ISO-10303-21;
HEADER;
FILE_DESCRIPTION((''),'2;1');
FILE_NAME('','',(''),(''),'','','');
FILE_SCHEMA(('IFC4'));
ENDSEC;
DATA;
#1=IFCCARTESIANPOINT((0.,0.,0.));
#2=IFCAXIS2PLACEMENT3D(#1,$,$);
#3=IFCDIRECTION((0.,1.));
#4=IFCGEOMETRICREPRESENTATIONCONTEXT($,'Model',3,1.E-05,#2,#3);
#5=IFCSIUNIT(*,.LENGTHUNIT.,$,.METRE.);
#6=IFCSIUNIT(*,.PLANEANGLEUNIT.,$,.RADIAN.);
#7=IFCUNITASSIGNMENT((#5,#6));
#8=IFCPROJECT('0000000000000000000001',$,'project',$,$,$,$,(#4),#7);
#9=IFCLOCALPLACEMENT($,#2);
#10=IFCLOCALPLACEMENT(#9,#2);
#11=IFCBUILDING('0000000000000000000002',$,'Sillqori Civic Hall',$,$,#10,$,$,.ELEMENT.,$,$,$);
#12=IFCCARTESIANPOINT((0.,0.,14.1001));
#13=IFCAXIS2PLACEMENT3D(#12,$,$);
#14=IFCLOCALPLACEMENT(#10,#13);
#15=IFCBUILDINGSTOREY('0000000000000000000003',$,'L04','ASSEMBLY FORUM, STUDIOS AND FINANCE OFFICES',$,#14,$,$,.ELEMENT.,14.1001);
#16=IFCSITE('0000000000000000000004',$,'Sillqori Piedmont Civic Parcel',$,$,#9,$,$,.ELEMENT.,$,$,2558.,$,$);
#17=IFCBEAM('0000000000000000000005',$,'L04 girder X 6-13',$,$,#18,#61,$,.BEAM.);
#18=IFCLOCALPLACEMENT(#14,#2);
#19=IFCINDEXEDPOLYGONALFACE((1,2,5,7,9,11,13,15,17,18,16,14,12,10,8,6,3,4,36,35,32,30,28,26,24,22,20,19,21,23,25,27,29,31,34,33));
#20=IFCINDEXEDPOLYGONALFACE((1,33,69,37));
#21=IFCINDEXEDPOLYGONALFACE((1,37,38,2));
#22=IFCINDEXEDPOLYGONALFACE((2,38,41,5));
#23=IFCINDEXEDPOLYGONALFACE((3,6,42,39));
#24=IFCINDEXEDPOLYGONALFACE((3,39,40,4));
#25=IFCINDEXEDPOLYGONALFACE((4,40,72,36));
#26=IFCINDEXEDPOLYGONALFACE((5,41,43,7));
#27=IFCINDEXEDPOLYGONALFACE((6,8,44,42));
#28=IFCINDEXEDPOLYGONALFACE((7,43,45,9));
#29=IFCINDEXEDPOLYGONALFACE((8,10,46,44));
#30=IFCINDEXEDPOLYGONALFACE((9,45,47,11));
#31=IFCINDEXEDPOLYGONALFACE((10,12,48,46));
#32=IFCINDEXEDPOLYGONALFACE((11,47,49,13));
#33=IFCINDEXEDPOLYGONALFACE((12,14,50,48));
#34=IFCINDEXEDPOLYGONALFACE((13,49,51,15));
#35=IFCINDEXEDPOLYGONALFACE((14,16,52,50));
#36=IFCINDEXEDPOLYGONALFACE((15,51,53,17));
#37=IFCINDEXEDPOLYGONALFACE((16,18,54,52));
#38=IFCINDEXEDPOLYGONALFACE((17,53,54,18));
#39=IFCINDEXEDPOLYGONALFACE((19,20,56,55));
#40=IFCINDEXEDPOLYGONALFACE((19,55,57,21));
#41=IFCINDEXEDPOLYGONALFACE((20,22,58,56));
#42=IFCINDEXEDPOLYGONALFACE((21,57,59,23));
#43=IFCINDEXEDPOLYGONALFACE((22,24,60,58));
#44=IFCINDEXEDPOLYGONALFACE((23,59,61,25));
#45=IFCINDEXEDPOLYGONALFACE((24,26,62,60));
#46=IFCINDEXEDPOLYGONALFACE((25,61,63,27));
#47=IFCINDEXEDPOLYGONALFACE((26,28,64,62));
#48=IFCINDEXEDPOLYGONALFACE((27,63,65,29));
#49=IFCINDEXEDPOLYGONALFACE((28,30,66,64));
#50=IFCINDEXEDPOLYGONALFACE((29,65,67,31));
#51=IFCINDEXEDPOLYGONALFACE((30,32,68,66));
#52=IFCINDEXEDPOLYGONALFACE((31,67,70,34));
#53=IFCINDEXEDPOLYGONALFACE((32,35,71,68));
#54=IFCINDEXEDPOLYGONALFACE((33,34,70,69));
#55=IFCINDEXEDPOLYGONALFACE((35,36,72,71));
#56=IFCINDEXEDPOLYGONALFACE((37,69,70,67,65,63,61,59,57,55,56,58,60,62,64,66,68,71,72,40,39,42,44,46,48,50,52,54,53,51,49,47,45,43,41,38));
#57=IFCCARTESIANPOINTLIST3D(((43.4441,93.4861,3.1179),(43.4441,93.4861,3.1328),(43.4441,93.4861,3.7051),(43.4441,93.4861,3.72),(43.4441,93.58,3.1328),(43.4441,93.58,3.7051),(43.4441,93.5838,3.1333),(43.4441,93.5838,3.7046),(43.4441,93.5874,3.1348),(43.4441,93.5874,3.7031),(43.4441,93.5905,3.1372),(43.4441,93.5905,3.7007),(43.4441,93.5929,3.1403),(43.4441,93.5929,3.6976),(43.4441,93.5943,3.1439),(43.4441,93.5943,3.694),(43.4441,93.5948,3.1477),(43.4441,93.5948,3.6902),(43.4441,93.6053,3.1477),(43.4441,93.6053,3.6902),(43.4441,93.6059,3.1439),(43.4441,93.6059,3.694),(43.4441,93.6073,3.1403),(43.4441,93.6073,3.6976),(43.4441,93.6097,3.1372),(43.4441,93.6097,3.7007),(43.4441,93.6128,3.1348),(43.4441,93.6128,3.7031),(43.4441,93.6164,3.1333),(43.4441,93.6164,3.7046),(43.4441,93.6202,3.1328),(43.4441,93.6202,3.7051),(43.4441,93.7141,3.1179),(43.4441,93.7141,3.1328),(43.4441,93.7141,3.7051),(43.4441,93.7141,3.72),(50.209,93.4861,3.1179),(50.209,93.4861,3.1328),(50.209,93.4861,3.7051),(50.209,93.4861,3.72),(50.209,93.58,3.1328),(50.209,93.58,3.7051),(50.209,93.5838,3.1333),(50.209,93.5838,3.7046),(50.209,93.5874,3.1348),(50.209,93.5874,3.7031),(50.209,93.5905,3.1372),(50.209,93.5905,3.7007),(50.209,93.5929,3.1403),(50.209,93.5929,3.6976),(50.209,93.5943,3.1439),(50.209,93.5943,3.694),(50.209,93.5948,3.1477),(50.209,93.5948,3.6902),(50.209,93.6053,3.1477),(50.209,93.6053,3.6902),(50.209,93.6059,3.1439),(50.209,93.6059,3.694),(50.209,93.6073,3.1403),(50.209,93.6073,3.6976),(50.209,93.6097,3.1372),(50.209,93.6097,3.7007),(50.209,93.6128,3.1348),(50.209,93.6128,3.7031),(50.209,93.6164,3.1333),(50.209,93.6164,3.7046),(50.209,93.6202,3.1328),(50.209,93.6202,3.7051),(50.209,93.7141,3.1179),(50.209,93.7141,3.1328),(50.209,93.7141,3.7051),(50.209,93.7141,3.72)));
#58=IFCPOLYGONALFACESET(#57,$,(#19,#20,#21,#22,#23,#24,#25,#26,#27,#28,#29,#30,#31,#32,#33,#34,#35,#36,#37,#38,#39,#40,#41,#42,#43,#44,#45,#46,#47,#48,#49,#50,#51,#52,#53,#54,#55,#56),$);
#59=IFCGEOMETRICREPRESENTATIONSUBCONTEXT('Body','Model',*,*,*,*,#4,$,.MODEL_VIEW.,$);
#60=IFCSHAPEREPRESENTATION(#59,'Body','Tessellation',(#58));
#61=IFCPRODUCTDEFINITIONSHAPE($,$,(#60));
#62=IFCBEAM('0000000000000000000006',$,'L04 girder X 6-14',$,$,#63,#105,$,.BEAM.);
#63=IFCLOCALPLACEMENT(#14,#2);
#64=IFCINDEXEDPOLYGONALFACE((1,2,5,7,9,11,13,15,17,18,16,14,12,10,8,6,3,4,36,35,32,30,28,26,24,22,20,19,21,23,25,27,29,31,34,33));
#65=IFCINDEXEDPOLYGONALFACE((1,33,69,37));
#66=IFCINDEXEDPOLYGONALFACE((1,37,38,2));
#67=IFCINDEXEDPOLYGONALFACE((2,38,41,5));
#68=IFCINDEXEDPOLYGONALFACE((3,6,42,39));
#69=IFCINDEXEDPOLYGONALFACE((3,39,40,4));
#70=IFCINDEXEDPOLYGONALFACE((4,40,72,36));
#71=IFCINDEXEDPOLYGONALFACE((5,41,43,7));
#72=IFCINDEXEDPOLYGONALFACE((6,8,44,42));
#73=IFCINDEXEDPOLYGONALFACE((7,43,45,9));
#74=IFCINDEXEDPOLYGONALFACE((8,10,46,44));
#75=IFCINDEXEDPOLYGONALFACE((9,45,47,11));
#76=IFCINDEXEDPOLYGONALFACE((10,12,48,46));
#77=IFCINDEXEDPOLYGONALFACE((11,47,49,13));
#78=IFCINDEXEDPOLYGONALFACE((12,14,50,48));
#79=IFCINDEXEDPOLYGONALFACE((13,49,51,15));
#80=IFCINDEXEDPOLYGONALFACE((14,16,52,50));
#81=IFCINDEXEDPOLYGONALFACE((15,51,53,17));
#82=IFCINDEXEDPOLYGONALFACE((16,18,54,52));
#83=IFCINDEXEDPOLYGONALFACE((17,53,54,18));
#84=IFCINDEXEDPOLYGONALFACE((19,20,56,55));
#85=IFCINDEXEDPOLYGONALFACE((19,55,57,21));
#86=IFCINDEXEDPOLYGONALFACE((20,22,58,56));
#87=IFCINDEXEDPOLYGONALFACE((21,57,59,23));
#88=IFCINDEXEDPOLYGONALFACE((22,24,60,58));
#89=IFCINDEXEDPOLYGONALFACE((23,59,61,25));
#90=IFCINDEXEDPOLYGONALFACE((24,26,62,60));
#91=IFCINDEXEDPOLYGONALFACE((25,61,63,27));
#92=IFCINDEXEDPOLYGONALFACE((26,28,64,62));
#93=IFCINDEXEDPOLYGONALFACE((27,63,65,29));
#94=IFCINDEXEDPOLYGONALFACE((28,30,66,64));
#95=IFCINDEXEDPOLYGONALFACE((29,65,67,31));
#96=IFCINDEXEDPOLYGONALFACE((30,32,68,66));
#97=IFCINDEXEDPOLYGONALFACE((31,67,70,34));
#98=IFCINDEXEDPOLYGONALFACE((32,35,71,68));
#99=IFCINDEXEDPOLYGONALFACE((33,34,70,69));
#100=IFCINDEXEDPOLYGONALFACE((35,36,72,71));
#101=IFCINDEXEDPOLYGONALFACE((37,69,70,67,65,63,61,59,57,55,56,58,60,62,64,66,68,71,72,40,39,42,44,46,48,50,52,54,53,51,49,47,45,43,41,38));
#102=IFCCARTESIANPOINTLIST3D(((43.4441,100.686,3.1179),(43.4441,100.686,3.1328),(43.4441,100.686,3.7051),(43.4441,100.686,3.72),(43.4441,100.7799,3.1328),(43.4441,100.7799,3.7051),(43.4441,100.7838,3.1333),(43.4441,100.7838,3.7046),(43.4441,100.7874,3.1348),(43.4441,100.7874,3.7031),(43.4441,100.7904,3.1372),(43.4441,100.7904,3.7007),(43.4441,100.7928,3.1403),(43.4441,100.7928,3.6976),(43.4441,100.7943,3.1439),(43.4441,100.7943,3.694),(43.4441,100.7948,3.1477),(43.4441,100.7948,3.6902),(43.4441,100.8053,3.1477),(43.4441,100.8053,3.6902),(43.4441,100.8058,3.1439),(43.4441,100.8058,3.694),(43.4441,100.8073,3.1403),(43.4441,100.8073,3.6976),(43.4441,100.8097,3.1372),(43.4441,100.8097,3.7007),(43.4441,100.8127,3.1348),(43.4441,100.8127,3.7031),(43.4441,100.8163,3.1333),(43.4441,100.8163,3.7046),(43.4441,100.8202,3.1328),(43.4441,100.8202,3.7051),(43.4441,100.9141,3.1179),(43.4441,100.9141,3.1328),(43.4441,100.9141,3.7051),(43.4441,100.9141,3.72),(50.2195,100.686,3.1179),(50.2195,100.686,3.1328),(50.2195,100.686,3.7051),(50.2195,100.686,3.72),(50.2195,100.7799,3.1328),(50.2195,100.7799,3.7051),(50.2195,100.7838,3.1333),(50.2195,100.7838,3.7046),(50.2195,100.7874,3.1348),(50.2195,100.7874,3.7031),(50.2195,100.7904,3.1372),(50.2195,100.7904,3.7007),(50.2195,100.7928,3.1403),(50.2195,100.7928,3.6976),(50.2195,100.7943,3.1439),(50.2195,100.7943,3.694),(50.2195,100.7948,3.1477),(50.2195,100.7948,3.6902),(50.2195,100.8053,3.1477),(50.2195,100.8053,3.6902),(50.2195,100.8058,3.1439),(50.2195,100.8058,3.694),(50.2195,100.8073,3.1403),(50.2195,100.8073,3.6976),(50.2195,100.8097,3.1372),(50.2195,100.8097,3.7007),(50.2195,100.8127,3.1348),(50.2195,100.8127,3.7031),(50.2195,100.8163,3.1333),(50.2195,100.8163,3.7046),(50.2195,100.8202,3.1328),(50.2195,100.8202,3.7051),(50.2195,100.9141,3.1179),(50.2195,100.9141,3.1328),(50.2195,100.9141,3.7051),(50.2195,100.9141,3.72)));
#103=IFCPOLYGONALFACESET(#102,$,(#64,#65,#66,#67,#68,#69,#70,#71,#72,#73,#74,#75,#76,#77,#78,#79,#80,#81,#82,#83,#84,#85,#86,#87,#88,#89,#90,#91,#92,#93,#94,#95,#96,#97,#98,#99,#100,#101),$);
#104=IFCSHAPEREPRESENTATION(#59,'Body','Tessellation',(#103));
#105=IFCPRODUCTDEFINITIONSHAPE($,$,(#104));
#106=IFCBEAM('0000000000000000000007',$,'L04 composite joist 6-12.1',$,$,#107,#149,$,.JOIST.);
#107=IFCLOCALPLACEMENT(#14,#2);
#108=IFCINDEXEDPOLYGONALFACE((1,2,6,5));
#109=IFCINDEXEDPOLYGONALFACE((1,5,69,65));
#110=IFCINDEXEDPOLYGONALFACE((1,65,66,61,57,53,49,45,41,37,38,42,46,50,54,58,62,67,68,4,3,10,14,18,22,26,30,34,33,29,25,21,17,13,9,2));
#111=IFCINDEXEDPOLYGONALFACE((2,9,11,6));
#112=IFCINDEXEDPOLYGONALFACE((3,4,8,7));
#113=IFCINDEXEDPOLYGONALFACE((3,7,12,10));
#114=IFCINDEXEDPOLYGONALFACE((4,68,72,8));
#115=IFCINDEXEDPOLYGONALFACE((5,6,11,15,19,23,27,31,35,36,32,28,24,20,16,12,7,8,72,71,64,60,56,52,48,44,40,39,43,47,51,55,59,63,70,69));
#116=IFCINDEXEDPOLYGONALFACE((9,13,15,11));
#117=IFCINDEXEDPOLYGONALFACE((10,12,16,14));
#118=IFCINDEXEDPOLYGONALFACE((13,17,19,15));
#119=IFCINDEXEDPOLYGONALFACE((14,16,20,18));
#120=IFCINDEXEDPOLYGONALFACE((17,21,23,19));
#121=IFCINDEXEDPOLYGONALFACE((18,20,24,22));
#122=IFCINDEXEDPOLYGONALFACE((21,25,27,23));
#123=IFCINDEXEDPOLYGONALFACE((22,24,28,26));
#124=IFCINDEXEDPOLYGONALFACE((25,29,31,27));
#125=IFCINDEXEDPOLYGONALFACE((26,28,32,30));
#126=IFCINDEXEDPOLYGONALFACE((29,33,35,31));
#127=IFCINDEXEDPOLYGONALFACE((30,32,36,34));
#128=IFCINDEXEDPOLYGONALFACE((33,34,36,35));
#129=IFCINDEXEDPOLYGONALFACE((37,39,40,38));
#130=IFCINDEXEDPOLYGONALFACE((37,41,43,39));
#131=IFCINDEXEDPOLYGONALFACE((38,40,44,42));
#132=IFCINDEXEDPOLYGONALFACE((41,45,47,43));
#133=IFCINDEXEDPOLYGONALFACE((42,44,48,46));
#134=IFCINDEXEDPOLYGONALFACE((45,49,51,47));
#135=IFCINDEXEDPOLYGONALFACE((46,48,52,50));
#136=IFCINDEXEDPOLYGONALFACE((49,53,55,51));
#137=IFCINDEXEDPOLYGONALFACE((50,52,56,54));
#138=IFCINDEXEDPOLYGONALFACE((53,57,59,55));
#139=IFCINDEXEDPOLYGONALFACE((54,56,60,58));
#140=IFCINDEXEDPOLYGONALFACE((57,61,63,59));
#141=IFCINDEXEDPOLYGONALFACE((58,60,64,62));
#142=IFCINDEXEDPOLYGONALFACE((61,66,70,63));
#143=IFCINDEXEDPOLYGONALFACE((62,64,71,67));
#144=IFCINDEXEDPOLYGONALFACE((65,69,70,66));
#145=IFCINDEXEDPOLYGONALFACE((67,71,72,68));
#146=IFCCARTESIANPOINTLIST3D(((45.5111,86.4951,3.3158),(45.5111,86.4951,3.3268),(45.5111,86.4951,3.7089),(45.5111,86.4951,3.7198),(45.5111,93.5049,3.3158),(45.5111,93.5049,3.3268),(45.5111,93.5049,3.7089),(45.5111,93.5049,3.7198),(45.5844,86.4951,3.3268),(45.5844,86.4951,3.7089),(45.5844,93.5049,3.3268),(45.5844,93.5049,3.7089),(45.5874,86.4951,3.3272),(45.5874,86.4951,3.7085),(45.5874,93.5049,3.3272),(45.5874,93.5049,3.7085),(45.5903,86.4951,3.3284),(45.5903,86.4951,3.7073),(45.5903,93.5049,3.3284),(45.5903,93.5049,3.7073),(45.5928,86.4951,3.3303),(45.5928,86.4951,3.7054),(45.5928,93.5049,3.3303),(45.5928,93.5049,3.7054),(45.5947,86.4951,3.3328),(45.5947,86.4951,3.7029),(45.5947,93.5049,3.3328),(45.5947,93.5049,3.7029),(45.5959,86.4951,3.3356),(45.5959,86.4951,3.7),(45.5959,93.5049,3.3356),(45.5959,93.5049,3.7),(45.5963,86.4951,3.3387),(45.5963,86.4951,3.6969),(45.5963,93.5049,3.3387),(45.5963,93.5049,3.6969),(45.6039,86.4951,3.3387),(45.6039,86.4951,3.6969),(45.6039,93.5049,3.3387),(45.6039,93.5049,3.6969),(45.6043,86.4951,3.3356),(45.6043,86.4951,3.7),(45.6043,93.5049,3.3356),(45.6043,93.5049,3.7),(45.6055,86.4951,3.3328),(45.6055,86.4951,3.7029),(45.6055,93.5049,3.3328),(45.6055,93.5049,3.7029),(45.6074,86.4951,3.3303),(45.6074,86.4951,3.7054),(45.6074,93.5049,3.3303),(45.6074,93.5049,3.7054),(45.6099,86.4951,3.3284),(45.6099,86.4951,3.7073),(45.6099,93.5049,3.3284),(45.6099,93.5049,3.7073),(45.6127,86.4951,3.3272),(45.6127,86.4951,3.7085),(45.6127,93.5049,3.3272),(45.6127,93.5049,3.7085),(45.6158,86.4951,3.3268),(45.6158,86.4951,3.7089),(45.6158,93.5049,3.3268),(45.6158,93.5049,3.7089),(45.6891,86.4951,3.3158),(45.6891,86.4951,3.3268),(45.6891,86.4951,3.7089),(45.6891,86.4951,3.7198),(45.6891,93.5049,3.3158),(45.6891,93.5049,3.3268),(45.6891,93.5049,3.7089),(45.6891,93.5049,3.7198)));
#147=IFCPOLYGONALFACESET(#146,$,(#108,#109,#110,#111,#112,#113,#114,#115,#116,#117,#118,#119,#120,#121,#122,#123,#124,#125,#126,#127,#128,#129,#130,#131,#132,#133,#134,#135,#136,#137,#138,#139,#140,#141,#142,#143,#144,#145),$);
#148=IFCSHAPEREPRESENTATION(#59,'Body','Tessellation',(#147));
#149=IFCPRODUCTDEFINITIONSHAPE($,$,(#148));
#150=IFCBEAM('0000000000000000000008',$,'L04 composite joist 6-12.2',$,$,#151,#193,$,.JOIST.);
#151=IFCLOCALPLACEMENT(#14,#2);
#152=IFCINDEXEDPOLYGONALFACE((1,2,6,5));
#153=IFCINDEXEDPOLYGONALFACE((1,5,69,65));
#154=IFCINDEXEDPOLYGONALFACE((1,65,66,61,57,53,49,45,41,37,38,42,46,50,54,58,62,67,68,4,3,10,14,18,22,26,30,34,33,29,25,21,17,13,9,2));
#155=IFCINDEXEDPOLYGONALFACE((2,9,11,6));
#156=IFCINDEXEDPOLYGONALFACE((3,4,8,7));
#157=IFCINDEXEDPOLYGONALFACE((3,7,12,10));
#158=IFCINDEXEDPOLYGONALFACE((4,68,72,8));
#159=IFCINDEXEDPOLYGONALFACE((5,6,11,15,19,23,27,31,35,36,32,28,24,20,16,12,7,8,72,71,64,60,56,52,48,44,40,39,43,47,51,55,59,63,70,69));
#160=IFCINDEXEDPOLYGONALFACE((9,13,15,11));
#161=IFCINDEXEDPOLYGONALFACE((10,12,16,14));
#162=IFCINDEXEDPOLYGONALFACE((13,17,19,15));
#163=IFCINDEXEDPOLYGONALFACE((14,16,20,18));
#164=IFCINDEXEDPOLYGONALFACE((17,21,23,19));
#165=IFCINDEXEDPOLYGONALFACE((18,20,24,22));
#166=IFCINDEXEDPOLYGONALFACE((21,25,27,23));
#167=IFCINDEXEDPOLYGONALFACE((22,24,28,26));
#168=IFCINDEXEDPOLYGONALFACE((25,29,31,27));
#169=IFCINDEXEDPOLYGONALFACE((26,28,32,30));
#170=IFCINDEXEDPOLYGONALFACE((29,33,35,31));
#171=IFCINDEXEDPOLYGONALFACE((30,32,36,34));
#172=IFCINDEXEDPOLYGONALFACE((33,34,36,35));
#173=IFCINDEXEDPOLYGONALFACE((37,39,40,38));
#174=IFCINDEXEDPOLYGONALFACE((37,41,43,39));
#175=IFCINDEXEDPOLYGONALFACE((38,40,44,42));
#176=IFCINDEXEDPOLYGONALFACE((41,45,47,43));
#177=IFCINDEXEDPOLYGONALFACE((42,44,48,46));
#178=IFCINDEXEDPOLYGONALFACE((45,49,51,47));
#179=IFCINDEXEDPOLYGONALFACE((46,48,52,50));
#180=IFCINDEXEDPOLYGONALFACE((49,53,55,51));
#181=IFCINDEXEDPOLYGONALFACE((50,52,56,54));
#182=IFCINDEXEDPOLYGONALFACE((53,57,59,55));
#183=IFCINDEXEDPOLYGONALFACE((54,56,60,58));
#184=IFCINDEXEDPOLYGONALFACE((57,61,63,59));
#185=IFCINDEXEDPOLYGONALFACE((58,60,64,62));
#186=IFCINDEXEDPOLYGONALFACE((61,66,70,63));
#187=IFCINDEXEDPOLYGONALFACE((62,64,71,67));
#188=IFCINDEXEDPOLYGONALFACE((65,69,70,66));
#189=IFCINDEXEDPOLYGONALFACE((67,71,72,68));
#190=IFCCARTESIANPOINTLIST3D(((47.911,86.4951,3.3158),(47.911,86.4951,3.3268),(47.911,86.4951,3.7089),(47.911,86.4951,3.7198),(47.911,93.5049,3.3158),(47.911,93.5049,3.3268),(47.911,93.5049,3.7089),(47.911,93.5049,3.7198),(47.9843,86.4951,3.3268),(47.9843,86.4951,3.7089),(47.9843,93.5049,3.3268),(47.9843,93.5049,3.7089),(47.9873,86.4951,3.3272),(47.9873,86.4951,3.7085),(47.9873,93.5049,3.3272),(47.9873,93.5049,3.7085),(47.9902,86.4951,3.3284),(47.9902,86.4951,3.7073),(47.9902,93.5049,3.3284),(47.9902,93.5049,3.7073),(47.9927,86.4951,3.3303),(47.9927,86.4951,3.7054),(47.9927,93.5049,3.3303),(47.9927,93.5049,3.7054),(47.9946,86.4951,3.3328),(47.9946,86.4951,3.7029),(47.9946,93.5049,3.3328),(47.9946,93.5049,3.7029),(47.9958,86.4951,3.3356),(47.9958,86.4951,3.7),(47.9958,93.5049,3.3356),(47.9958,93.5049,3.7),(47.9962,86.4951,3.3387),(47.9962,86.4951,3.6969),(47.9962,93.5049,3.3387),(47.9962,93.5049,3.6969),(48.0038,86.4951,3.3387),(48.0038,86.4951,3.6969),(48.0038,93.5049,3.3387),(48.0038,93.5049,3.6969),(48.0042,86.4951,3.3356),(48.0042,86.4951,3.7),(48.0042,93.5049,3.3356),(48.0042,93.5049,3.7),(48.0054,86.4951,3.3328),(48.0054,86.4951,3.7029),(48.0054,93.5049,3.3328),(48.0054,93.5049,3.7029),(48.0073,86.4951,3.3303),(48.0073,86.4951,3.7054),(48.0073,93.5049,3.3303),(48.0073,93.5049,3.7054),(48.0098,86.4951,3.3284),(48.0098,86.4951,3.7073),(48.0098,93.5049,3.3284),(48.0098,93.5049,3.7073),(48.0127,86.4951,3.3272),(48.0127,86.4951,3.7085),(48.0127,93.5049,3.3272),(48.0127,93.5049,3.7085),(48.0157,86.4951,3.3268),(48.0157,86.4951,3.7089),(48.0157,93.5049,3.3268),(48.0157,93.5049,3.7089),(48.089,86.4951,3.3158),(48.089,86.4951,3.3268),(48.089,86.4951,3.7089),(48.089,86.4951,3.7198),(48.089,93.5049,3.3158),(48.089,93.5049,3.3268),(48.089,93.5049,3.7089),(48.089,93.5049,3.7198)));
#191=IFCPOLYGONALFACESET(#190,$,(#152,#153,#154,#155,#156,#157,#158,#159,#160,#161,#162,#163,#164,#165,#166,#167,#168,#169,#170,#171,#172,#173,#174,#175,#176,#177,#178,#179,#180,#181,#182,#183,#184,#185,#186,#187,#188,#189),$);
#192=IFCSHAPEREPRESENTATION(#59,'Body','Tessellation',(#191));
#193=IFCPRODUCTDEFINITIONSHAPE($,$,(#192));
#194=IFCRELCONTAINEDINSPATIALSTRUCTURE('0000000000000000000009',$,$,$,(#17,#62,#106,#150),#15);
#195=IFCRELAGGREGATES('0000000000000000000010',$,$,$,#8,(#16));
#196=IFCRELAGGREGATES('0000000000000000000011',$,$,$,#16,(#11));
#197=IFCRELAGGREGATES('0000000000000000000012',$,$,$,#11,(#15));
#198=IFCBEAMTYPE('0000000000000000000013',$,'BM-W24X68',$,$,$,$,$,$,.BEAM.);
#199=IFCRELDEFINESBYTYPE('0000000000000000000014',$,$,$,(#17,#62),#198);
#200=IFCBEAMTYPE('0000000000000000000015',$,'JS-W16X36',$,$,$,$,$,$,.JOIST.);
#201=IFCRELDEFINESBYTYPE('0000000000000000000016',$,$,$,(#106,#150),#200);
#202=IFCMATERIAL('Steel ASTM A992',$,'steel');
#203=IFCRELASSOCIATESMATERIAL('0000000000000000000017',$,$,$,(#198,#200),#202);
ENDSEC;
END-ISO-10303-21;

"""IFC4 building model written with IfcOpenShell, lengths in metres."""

from ifc_helpers import new_model, si_unit, direction, frame, origin, origin_2d, place, context, subcontext, project, spatial, i_section, extrude, material, material_profile, profile_set, type_object, element, save


model = new_model("IFC4")

# Units and contexts
model_context = context("Model", 3, precision=1e-05, world=origin(), true_north=direction((0.0, 1.0)))
body_context = subcontext(model_context, "Body", "Model", "MODEL_VIEW")
ifc_project = project(units=[si_unit("LENGTHUNIT", "METRE"), si_unit("PLANEANGLEUNIT", "RADIAN")], contexts=[model_context])

# Site, building, storey
site_placement = place(None, origin())
site = spatial("IfcSite", under=ifc_project, at=site_placement, Name="Sillqori Piedmont Civic Parcel", CompositionType="ELEMENT", RefElevation=2558.0)
building_placement = place(site_placement, origin())
building = spatial("IfcBuilding", under=site, at=building_placement, Name="Sillqori Civic Hall", CompositionType="ELEMENT")
storey_placement = place(building_placement, frame((0.0, 0.0, 14.1001)))
storey = spatial("IfcBuildingStorey", under=building, at=storey_placement, Name="L04", Description="ASSEMBLY FORUM, STUDIOS AND FINANCE OFFICES", CompositionType="ELEMENT", Elevation=14.1001)

# Shared definitions
ifc_material_1 = material(Name="Steel ASTM A992", Category="steel")

# Beams
ifc_material_profile_1 = material_profile(ifc_material_1, i_section(OverallWidth=0.228, OverallDepth=0.6021, WebThickness=0.0105, FlangeThickness=0.0149, FilletRadius=0.0149, at=origin_2d()), Name="W24X68")
ifc_profile_set_1 = profile_set([ifc_material_profile_1], Name="Steel ASTM A992")
beam_type_1 = type_object("IfcBeamType", Name="BM-W24X68", PredefinedType="BEAM", material=ifc_profile_set_1)
beam_1_placement = place(storey_placement, frame((43.4441, 93.6001, 3.4189), z_axis=(1.0, 0.0, 0.0), x_axis=(0.0, 1.0, 0.0)))
element("IfcBeam", 1, at=beam_1_placement, inside=storey, type_object=beam_type_1, Name="L04 girder X 6-13", PredefinedType="BEAM", context=body_context, shape_type="SweptSolid", body=[
    extrude(i_section(OverallWidth=0.228, OverallDepth=0.6021, WebThickness=0.0105, FlangeThickness=0.0149, FilletRadius=0.0149, at=origin_2d()), origin(), (0.0, 0.0, 1.0), 6.7649),
])
beam_2_placement = place(storey_placement, frame((43.4441, 100.8, 3.4189), z_axis=(1.0, 0.0, 0.0), x_axis=(0.0, 1.0, 0.0)))
element("IfcBeam", 2, at=beam_2_placement, inside=storey, type_object=beam_type_1, Name="L04 girder X 6-14", PredefinedType="BEAM", context=body_context, shape_type="SweptSolid", body=[
    extrude(i_section(OverallWidth=0.228, OverallDepth=0.6021, WebThickness=0.0105, FlangeThickness=0.0149, FilletRadius=0.0149, at=origin_2d()), origin(), (0.0, 0.0, 1.0), 6.7754),
])
ifc_material_profile_2 = material_profile(ifc_material_1, i_section(OverallWidth=0.178, OverallDepth=0.4041, WebThickness=0.0076, FlangeThickness=0.011, FilletRadius=0.012, at=origin_2d()), Name="W16X36")
ifc_profile_set_2 = profile_set([ifc_material_profile_2], Name="Steel ASTM A992")
beam_type_2 = type_object("IfcBeamType", Name="JS-W16X36", PredefinedType="JOIST", material=ifc_profile_set_2)
for number, where, z_axis, x_axis, name in (
    (3, (45.6001, 86.4951, 3.5178), (0.0, 1.0, 0.0), (-1.0, 0.0, 0.0), "L04 composite joist 6-12.1"),
    (4, (48.0, 86.4951, 3.5178), (0.0, 1.0, 0.0), (-1.0, 0.0, 0.0), "L04 composite joist 6-12.2"),
):
    element("IfcBeam", number, at=place(storey_placement, frame(where, z_axis=z_axis, x_axis=x_axis)), inside=storey, type_object=beam_type_2, Name=name, PredefinedType="JOIST", context=body_context, shape_type="SweptSolid", body=[
        extrude(i_section(OverallWidth=0.178, OverallDepth=0.4041, WebThickness=0.0076, FlangeThickness=0.011, FilletRadius=0.012, at=origin_2d()), origin(), (0.0, 0.0, 1.0), 7.0098),
    ])

save(model, "model.ifc")
